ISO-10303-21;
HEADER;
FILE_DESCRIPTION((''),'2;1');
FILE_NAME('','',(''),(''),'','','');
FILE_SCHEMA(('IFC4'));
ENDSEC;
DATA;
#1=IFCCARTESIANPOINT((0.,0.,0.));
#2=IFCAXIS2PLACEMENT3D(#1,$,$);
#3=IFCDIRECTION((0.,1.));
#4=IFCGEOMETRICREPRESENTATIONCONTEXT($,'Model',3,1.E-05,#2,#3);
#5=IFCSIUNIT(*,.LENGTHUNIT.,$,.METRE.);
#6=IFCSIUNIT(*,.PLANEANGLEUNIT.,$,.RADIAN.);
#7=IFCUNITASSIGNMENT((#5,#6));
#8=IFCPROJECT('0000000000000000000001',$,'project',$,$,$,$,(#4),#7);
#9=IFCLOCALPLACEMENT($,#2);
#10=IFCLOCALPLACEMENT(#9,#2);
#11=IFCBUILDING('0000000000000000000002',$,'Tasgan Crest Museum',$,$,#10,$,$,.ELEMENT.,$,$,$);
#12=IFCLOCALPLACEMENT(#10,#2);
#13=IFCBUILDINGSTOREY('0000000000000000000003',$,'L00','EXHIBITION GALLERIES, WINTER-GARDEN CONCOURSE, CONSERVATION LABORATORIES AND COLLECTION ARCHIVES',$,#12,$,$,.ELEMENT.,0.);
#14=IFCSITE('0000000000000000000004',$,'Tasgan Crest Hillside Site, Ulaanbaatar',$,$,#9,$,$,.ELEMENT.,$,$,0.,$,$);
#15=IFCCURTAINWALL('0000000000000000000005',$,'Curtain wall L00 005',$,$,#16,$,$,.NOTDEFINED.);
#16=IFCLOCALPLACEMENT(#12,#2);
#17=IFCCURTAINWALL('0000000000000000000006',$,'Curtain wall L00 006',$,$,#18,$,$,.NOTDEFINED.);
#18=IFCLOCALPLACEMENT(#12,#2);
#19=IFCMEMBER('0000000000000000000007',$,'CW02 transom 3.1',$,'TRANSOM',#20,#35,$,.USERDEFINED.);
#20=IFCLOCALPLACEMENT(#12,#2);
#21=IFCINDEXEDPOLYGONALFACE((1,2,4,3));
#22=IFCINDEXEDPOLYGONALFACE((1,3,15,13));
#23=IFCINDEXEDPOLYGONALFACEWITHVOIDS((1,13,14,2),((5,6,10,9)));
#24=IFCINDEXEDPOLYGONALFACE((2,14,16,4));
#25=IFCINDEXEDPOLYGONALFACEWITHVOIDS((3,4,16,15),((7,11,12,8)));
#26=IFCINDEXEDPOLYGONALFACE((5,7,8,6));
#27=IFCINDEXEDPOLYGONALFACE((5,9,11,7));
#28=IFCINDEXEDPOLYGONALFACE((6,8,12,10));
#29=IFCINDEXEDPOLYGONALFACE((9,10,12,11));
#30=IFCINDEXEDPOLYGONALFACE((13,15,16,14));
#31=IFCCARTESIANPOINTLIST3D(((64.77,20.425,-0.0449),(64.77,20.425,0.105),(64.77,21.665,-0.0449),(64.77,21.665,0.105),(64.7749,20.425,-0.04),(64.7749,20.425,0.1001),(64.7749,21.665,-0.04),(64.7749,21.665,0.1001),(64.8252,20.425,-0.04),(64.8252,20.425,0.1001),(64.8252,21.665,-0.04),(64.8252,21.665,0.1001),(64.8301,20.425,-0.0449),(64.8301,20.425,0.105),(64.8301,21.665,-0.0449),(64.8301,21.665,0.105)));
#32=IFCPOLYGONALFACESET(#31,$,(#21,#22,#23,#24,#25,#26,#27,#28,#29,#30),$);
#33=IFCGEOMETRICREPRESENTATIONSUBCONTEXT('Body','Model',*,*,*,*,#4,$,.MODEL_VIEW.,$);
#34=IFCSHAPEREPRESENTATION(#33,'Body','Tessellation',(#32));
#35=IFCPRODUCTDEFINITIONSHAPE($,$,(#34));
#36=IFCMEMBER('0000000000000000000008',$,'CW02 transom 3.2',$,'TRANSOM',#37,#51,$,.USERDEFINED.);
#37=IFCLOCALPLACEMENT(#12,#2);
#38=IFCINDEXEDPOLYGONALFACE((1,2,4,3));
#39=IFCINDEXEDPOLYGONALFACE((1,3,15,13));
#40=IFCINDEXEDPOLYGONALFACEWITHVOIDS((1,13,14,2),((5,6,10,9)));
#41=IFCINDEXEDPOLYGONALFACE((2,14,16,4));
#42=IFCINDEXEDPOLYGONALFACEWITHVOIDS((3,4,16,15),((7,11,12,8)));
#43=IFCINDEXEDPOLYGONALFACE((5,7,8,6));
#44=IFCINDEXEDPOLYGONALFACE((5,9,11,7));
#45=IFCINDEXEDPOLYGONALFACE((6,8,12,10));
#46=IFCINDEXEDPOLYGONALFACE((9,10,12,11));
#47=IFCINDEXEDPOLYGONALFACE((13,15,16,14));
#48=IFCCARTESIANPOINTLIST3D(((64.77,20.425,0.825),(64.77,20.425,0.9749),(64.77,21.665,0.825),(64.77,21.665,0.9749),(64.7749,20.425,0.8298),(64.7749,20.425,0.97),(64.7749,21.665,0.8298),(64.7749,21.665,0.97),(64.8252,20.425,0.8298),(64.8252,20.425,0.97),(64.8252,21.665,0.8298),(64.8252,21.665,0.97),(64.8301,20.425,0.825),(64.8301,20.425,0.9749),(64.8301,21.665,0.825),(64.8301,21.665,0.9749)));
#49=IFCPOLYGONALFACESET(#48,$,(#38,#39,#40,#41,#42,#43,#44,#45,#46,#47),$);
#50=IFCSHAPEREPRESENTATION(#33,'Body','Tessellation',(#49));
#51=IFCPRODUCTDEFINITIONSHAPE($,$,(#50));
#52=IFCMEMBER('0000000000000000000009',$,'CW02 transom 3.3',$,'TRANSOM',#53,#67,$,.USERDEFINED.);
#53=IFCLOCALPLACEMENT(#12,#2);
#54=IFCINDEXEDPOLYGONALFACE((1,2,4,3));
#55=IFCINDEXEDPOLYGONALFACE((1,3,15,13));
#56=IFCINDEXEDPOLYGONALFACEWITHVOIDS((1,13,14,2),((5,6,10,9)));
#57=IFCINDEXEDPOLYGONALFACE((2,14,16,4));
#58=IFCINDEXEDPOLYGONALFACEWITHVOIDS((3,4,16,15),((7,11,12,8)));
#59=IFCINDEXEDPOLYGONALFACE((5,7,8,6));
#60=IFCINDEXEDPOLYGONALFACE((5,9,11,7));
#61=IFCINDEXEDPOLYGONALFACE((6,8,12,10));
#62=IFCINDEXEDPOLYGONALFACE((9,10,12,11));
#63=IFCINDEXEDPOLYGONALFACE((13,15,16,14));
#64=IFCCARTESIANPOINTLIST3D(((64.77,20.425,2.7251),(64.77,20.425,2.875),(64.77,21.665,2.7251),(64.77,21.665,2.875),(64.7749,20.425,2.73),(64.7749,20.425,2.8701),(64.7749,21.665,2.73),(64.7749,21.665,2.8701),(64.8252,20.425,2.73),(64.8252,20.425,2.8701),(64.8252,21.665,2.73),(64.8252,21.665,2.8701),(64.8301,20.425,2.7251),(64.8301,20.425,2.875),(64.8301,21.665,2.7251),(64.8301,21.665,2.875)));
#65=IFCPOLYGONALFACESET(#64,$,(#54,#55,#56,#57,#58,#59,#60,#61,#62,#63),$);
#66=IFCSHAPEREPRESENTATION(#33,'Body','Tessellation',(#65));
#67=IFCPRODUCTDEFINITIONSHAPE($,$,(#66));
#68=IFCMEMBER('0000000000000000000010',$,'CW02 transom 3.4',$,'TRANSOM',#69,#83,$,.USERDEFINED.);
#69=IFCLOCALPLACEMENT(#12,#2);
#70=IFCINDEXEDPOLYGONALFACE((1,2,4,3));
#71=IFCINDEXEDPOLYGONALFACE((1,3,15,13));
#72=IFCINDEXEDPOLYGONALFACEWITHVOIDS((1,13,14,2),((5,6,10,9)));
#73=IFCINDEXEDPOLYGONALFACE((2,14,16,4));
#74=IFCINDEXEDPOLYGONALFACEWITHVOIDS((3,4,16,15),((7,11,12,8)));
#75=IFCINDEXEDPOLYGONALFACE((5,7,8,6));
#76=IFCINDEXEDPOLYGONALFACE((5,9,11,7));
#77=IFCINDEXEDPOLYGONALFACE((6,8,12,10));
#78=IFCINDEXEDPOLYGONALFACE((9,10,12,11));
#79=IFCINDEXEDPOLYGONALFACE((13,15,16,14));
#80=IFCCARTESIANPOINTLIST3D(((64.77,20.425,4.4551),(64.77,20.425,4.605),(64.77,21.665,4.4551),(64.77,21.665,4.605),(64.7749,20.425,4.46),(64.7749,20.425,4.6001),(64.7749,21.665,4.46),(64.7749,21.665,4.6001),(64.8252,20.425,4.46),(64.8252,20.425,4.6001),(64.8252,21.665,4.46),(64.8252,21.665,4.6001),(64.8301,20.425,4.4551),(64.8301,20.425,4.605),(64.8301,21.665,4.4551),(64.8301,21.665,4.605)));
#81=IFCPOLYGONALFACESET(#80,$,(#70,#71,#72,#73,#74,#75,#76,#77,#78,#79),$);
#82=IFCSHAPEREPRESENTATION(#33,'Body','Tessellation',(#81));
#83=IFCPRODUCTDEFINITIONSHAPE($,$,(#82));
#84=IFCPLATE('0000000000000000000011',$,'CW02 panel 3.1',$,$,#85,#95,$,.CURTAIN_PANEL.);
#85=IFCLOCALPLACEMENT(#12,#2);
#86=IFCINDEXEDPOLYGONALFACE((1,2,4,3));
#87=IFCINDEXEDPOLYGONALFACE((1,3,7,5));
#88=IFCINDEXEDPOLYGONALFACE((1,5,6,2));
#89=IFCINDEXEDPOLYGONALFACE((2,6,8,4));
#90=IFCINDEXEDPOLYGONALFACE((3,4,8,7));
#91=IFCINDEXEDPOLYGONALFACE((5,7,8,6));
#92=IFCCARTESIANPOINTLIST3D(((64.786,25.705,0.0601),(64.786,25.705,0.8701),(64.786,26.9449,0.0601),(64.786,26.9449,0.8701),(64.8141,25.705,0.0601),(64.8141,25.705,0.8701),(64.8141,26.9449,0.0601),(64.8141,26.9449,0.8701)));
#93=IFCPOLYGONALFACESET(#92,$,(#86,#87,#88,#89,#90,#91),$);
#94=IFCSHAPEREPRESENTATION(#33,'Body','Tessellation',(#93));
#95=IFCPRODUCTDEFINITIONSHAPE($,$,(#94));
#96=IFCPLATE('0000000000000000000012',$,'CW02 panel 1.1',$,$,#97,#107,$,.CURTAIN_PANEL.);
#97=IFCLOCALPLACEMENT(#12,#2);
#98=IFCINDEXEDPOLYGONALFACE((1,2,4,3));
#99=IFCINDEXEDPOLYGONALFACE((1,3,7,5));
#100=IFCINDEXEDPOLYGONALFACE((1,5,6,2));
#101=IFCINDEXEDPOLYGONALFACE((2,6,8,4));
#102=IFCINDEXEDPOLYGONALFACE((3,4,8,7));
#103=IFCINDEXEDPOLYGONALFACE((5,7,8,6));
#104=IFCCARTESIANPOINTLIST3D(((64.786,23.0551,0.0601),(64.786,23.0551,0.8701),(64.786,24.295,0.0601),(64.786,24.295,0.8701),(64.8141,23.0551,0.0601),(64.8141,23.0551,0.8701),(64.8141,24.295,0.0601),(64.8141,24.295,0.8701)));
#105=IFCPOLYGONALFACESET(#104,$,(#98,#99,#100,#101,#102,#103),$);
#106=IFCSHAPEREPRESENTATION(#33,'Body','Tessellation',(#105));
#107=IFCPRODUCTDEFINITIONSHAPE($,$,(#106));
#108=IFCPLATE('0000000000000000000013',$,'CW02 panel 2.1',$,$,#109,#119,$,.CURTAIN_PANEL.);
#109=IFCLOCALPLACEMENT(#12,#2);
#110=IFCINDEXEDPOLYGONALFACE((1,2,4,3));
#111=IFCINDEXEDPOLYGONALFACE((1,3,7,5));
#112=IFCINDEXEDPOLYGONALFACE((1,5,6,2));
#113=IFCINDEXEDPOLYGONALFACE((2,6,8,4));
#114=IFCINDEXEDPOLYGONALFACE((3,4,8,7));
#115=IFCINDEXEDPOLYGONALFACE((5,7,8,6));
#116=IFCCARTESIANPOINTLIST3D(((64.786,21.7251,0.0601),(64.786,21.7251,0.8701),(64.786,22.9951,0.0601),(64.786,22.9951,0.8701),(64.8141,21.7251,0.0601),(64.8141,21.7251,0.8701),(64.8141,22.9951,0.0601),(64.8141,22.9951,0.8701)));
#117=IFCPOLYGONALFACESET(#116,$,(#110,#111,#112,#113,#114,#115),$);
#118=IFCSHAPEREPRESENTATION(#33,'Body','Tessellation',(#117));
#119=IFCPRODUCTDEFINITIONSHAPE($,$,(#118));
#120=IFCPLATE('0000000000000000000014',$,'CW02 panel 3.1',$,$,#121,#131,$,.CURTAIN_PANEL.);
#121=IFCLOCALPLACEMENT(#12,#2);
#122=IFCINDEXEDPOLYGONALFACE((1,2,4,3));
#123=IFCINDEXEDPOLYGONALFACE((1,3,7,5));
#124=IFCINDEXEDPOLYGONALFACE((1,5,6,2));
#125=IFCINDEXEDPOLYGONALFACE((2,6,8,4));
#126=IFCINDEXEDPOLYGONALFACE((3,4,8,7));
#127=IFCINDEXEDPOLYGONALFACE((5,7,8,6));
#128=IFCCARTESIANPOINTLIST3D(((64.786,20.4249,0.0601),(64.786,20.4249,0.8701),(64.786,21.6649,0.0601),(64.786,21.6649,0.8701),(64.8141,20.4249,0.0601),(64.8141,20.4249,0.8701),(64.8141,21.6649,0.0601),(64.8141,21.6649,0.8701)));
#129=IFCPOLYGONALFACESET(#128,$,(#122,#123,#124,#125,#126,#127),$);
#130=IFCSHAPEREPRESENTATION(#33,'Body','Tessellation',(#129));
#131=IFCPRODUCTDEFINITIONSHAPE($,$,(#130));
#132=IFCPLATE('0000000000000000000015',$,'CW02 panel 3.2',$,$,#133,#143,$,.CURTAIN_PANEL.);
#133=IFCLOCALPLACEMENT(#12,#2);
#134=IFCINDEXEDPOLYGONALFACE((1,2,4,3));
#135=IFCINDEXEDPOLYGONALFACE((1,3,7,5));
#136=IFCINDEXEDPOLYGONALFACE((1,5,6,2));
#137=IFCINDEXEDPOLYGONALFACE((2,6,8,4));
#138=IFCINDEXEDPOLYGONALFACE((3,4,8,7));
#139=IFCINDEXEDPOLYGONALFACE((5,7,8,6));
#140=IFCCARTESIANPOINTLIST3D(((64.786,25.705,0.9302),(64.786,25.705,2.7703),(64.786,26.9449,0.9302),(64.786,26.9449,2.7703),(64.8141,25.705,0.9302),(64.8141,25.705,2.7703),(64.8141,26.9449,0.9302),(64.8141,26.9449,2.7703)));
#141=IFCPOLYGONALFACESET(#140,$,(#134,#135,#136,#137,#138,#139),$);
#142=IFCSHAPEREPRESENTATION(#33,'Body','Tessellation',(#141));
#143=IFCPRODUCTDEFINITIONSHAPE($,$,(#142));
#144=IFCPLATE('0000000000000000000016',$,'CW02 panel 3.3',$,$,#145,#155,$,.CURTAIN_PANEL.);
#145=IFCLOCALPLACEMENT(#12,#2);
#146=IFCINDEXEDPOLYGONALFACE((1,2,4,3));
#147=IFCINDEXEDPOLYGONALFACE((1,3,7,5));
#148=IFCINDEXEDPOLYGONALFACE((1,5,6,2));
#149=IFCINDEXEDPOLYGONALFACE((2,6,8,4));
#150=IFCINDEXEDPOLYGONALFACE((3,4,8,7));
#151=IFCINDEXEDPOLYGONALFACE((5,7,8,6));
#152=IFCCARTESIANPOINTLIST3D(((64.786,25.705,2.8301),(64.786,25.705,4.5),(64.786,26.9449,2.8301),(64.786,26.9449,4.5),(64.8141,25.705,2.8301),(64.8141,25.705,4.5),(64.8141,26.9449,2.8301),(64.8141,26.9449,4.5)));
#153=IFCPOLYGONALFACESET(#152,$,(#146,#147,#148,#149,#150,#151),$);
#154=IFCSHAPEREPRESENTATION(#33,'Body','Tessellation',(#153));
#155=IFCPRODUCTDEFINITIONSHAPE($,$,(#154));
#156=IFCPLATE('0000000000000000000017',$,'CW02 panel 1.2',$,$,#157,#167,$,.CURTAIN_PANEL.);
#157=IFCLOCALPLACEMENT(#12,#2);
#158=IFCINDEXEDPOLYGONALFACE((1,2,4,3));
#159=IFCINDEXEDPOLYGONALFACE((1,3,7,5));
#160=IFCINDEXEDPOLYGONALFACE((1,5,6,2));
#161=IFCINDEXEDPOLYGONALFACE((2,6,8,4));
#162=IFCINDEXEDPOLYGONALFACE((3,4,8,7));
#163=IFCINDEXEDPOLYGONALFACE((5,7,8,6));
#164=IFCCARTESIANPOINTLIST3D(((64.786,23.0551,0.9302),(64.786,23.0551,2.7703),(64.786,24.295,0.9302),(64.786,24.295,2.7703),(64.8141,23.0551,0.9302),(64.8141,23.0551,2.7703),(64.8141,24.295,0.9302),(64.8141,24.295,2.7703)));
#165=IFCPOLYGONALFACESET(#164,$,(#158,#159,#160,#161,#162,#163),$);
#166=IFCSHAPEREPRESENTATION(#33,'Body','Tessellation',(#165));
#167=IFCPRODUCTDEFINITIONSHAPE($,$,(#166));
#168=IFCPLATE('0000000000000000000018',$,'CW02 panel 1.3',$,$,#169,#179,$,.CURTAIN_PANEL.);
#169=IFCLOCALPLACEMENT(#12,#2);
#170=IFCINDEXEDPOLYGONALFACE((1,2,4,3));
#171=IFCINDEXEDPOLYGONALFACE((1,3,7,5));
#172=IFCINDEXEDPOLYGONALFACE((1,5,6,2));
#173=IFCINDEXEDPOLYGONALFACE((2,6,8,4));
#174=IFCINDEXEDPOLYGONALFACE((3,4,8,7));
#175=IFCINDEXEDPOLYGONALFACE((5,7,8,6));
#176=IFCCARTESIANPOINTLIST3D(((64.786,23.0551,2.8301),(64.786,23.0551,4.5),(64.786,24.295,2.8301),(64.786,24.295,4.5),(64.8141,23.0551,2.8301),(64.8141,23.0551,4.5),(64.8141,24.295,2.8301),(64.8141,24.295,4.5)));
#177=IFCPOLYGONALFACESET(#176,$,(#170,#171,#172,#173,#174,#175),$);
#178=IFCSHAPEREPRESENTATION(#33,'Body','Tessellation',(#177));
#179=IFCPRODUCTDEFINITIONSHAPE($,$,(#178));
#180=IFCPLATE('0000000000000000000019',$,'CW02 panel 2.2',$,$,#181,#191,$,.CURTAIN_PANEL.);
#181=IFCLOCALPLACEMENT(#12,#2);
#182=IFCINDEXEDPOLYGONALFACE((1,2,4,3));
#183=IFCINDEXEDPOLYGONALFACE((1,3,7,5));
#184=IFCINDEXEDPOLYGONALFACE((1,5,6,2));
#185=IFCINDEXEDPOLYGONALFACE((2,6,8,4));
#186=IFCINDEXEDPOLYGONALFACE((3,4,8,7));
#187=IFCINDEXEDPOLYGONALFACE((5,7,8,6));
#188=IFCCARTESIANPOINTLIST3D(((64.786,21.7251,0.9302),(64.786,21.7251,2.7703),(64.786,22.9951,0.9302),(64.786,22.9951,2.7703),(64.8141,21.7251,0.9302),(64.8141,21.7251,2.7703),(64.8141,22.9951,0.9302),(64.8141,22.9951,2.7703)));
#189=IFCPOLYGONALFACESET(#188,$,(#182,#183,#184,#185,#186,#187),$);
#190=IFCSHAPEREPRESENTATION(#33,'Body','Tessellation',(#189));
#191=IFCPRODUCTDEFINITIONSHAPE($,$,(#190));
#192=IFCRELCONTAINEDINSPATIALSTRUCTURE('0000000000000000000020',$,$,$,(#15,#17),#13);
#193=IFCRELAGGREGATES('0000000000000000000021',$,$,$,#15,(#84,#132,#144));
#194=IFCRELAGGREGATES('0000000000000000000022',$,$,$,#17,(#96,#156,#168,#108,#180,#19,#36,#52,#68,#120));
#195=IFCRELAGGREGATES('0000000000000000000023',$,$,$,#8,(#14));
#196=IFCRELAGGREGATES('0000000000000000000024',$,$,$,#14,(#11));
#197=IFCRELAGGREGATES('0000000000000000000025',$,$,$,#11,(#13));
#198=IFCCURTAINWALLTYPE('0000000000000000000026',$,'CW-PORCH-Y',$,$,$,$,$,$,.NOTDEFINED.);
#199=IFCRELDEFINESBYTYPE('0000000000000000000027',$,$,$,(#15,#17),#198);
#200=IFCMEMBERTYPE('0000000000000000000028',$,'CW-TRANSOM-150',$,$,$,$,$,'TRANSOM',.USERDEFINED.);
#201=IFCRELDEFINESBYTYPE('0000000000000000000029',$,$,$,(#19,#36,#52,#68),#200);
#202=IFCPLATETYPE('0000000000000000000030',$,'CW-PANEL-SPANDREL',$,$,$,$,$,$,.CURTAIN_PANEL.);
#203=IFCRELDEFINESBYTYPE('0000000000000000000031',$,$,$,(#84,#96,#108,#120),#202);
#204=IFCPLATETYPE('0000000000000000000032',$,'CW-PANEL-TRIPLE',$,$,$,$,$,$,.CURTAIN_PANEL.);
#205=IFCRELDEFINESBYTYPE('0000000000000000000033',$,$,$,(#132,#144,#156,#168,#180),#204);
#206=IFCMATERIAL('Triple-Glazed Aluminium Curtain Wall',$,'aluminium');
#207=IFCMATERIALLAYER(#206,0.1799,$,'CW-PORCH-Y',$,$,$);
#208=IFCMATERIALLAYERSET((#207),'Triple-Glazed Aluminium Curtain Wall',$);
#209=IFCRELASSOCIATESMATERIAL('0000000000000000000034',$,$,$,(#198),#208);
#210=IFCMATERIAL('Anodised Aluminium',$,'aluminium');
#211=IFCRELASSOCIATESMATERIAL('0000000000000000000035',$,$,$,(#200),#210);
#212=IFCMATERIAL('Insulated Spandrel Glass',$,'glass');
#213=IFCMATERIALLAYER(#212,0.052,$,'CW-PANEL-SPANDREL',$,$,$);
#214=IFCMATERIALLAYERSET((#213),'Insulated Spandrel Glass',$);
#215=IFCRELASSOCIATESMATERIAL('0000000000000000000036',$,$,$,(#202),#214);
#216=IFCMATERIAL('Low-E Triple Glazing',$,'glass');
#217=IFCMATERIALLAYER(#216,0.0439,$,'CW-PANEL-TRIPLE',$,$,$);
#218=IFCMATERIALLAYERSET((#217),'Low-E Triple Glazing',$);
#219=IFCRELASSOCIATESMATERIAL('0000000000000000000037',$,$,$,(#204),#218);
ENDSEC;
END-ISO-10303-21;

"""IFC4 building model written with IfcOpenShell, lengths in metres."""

from ifc_helpers import new_model, si_unit, direction, frame, origin, origin_2d, place, context, subcontext, project, spatial, rectangle, hollow_rectangle, extrude, material, layer, layer_set, material_profile, profile_set, type_object, element, aggregate, save


model = new_model("IFC4")

# Units and contexts
model_context = context("Model", 3, precision=1e-05, world=origin(), true_north=direction((0.0, 1.0)))
body_context = subcontext(model_context, "Body", "Model", "MODEL_VIEW")
ifc_project = project(units=[si_unit("LENGTHUNIT", "METRE"), si_unit("PLANEANGLEUNIT", "RADIAN")], contexts=[model_context])

# Site, building, storey
site_placement = place(None, origin())
site = spatial("IfcSite", under=ifc_project, at=site_placement, Name="Tasgan Crest Hillside Site, Ulaanbaatar", CompositionType="ELEMENT", RefElevation=0.0)
building_placement = place(site_placement, origin())
building = spatial("IfcBuilding", under=site, at=building_placement, Name="Tasgan Crest Museum", CompositionType="ELEMENT")
storey_placement = place(building_placement, origin())
storey = spatial("IfcBuildingStorey", under=building, at=storey_placement, Name="L00", Description="EXHIBITION GALLERIES, WINTER-GARDEN CONCOURSE, CONSERVATION LABORATORIES AND COLLECTION ARCHIVES", CompositionType="ELEMENT", Elevation=0.0)

# Curtain wall
ifc_material_1 = material(Name="Triple-Glazed Aluminium Curtain Wall", Category="aluminium")
ifc_layer_1 = layer(ifc_material_1, 0.1799, Name="CW-PORCH-Y")
ifc_layer_set_1 = layer_set([ifc_layer_1], Name="Triple-Glazed Aluminium Curtain Wall")
curtain_wall_type = type_object("IfcCurtainWallType", Name="CW-PORCH-Y", PredefinedType="NOTDEFINED", material=ifc_layer_set_1)
curtain_wall_1_placement = place(storey_placement, origin())
curtain_wall_1 = element("IfcCurtainWall", 1, at=curtain_wall_1_placement, inside=storey, type_object=curtain_wall_type, Name="Curtain wall L00 005", PredefinedType="NOTDEFINED")

# Curtain wall
curtain_wall_2_placement = place(storey_placement, origin())
curtain_wall_2 = element("IfcCurtainWall", 2, at=curtain_wall_2_placement, inside=storey, type_object=curtain_wall_type, Name="Curtain wall L00 006", PredefinedType="NOTDEFINED")

# Members
ifc_material_2 = material(Name="Anodised Aluminium", Category="aluminium")
ifc_material_profile_1 = material_profile(ifc_material_2, hollow_rectangle(XDim=0.0601, YDim=0.1499, WallThickness=0.0049, at=origin_2d()), Name="ALU TRANSOM 150x60x5")
ifc_profile_set_1 = profile_set([ifc_material_profile_1], Name="Anodised Aluminium")
member_type_1 = type_object("IfcMemberType", Name="CW-TRANSOM-150", ElementType="TRANSOM", PredefinedType="USERDEFINED", material=ifc_profile_set_1)
member_1_placement = place(storey_placement, frame((64.8, 21.665, 0.03), z_axis=(0.0, -1.0, 0.0), x_axis=(1.0, 0.0, 0.0)))
member_1 = element("IfcMember", 3, at=member_1_placement, type_object=member_type_1, Name="CW02 transom 3.1", ObjectType="TRANSOM", PredefinedType="USERDEFINED", context=body_context, shape_type="SweptSolid", body=[
    extrude(hollow_rectangle(XDim=0.0601, YDim=0.1499, WallThickness=0.0049, at=origin_2d()), origin(), (0.0, 0.0, 1.0), 1.24),
])
member_2_placement = place(storey_placement, frame((64.8, 21.665, 0.8999), z_axis=(0.0, -1.0, 0.0), x_axis=(1.0, 0.0, 0.0)))
member_2 = element("IfcMember", 4, at=member_2_placement, type_object=member_type_1, Name="CW02 transom 3.2", ObjectType="TRANSOM", PredefinedType="USERDEFINED", context=body_context, shape_type="SweptSolid", body=[
    extrude(hollow_rectangle(XDim=0.0601, YDim=0.1499, WallThickness=0.0049, at=origin_2d()), origin(), (0.0, 0.0, 1.0), 1.24),
])
member_3_placement = place(storey_placement, frame((64.8, 21.665, 2.8), z_axis=(0.0, -1.0, 0.0), x_axis=(1.0, 0.0, 0.0)))
member_3 = element("IfcMember", 5, at=member_3_placement, type_object=member_type_1, Name="CW02 transom 3.3", ObjectType="TRANSOM", PredefinedType="USERDEFINED", context=body_context, shape_type="SweptSolid", body=[
    extrude(hollow_rectangle(XDim=0.0601, YDim=0.1499, WallThickness=0.0049, at=origin_2d()), origin(), (0.0, 0.0, 1.0), 1.24),
])
member_4_placement = place(storey_placement, frame((64.8, 21.665, 4.53), z_axis=(0.0, -1.0, 0.0), x_axis=(1.0, 0.0, 0.0)))
member_4 = element("IfcMember", 6, at=member_4_placement, type_object=member_type_1, Name="CW02 transom 3.4", ObjectType="TRANSOM", PredefinedType="USERDEFINED", context=body_context, shape_type="SweptSolid", body=[
    extrude(hollow_rectangle(XDim=0.0601, YDim=0.1499, WallThickness=0.0049, at=origin_2d()), origin(), (0.0, 0.0, 1.0), 1.24),
])

# Plates
ifc_material_3 = material(Name="Insulated Spandrel Glass", Category="glass")
ifc_layer_2 = layer(ifc_material_3, 0.052, Name="CW-PANEL-SPANDREL")
ifc_layer_set_2 = layer_set([ifc_layer_2], Name="Insulated Spandrel Glass")
plate_type_1 = type_object("IfcPlateType", Name="CW-PANEL-SPANDREL", PredefinedType="CURTAIN_PANEL", material=ifc_layer_set_2)
plate_1_placement = place(storey_placement, frame((64.8, 26.325, 0.0601), z_axis=(0.0, 0.0, 1.0), x_axis=(0.0, -1.0, 0.0)))
plate_1 = element("IfcPlate", 7, at=plate_1_placement, type_object=plate_type_1, Name="CW02 panel 3.1", PredefinedType="CURTAIN_PANEL", context=body_context, shape_type="SweptSolid", body=[
    extrude(rectangle(XDim=1.24, YDim=0.0281, at=origin_2d()), origin(), (0.0, 0.0, 1.0), 0.8101),
])
plate_2_placement = place(storey_placement, frame((64.8, 23.675, 0.0601), z_axis=(0.0, 0.0, 1.0), x_axis=(0.0, -1.0, 0.0)))
plate_2 = element("IfcPlate", 8, at=plate_2_placement, type_object=plate_type_1, Name="CW02 panel 1.1", PredefinedType="CURTAIN_PANEL", context=body_context, shape_type="SweptSolid", body=[
    extrude(rectangle(XDim=1.24, YDim=0.0281, at=origin_2d()), origin(), (0.0, 0.0, 1.0), 0.8101),
])
plate_3_placement = place(storey_placement, frame((64.8, 22.3601, 0.0601), z_axis=(0.0, 0.0, 1.0), x_axis=(0.0, -1.0, 0.0)))
plate_3 = element("IfcPlate", 9, at=plate_3_placement, type_object=plate_type_1, Name="CW02 panel 2.1", PredefinedType="CURTAIN_PANEL", context=body_context, shape_type="SweptSolid", body=[
    extrude(rectangle(XDim=1.27, YDim=0.0281, at=origin_2d()), origin(), (0.0, 0.0, 1.0), 0.8101),
])
plate_4_placement = place(storey_placement, frame((64.8, 21.0449, 0.0601), z_axis=(0.0, 0.0, 1.0), x_axis=(0.0, -1.0, 0.0)))
plate_4 = element("IfcPlate", 10, at=plate_4_placement, type_object=plate_type_1, Name="CW02 panel 3.1", PredefinedType="CURTAIN_PANEL", context=body_context, shape_type="SweptSolid", body=[
    extrude(rectangle(XDim=1.24, YDim=0.0281, at=origin_2d()), origin(), (0.0, 0.0, 1.0), 0.8101),
])
ifc_material_4 = material(Name="Low-E Triple Glazing", Category="glass")
ifc_layer_3 = layer(ifc_material_4, 0.0439, Name="CW-PANEL-TRIPLE")
ifc_layer_set_3 = layer_set([ifc_layer_3], Name="Low-E Triple Glazing")
plate_type_2 = type_object("IfcPlateType", Name="CW-PANEL-TRIPLE", PredefinedType="CURTAIN_PANEL", material=ifc_layer_set_3)
plate_5_placement = place(storey_placement, frame((64.8, 26.325, 0.9302), z_axis=(0.0, 0.0, 1.0), x_axis=(0.0, -1.0, 0.0)))
plate_5 = element("IfcPlate", 11, at=plate_5_placement, type_object=plate_type_2, Name="CW02 panel 3.2", PredefinedType="CURTAIN_PANEL", context=body_context, shape_type="SweptSolid", body=[
    extrude(rectangle(XDim=1.24, YDim=0.0281, at=origin_2d()), origin(), (0.0, 0.0, 1.0), 1.8401),
])
plate_6_placement = place(storey_placement, frame((64.8, 26.325, 2.8301), z_axis=(0.0, 0.0, 1.0), x_axis=(0.0, -1.0, 0.0)))
plate_6 = element("IfcPlate", 12, at=plate_6_placement, type_object=plate_type_2, Name="CW02 panel 3.3", PredefinedType="CURTAIN_PANEL", context=body_context, shape_type="SweptSolid", body=[
    extrude(rectangle(XDim=1.24, YDim=0.0281, at=origin_2d()), origin(), (0.0, 0.0, 1.0), 1.6699),
])
aggregate(curtain_wall_1, [plate_1, plate_5, plate_6])
plate_7_placement = place(storey_placement, frame((64.8, 23.675, 0.9302), z_axis=(0.0, 0.0, 1.0), x_axis=(0.0, -1.0, 0.0)))
plate_7 = element("IfcPlate", 13, at=plate_7_placement, type_object=plate_type_2, Name="CW02 panel 1.2", PredefinedType="CURTAIN_PANEL", context=body_context, shape_type="SweptSolid", body=[
    extrude(rectangle(XDim=1.24, YDim=0.0281, at=origin_2d()), origin(), (0.0, 0.0, 1.0), 1.8401),
])
plate_8_placement = place(storey_placement, frame((64.8, 23.675, 2.8301), z_axis=(0.0, 0.0, 1.0), x_axis=(0.0, -1.0, 0.0)))
plate_8 = element("IfcPlate", 14, at=plate_8_placement, type_object=plate_type_2, Name="CW02 panel 1.3", PredefinedType="CURTAIN_PANEL", context=body_context, shape_type="SweptSolid", body=[
    extrude(rectangle(XDim=1.24, YDim=0.0281, at=origin_2d()), origin(), (0.0, 0.0, 1.0), 1.6699),
])
plate_9_placement = place(storey_placement, frame((64.8, 22.3601, 0.9302), z_axis=(0.0, 0.0, 1.0), x_axis=(0.0, -1.0, 0.0)))
plate_9 = element("IfcPlate", 15, at=plate_9_placement, type_object=plate_type_2, Name="CW02 panel 2.2", PredefinedType="CURTAIN_PANEL", context=body_context, shape_type="SweptSolid", body=[
    extrude(rectangle(XDim=1.27, YDim=0.0281, at=origin_2d()), origin(), (0.0, 0.0, 1.0), 1.8401),
])
aggregate(curtain_wall_2, [plate_2, plate_7, plate_8, plate_3, plate_9, member_1, member_2, member_3, member_4, plate_4])

save(model, "model.ifc")
